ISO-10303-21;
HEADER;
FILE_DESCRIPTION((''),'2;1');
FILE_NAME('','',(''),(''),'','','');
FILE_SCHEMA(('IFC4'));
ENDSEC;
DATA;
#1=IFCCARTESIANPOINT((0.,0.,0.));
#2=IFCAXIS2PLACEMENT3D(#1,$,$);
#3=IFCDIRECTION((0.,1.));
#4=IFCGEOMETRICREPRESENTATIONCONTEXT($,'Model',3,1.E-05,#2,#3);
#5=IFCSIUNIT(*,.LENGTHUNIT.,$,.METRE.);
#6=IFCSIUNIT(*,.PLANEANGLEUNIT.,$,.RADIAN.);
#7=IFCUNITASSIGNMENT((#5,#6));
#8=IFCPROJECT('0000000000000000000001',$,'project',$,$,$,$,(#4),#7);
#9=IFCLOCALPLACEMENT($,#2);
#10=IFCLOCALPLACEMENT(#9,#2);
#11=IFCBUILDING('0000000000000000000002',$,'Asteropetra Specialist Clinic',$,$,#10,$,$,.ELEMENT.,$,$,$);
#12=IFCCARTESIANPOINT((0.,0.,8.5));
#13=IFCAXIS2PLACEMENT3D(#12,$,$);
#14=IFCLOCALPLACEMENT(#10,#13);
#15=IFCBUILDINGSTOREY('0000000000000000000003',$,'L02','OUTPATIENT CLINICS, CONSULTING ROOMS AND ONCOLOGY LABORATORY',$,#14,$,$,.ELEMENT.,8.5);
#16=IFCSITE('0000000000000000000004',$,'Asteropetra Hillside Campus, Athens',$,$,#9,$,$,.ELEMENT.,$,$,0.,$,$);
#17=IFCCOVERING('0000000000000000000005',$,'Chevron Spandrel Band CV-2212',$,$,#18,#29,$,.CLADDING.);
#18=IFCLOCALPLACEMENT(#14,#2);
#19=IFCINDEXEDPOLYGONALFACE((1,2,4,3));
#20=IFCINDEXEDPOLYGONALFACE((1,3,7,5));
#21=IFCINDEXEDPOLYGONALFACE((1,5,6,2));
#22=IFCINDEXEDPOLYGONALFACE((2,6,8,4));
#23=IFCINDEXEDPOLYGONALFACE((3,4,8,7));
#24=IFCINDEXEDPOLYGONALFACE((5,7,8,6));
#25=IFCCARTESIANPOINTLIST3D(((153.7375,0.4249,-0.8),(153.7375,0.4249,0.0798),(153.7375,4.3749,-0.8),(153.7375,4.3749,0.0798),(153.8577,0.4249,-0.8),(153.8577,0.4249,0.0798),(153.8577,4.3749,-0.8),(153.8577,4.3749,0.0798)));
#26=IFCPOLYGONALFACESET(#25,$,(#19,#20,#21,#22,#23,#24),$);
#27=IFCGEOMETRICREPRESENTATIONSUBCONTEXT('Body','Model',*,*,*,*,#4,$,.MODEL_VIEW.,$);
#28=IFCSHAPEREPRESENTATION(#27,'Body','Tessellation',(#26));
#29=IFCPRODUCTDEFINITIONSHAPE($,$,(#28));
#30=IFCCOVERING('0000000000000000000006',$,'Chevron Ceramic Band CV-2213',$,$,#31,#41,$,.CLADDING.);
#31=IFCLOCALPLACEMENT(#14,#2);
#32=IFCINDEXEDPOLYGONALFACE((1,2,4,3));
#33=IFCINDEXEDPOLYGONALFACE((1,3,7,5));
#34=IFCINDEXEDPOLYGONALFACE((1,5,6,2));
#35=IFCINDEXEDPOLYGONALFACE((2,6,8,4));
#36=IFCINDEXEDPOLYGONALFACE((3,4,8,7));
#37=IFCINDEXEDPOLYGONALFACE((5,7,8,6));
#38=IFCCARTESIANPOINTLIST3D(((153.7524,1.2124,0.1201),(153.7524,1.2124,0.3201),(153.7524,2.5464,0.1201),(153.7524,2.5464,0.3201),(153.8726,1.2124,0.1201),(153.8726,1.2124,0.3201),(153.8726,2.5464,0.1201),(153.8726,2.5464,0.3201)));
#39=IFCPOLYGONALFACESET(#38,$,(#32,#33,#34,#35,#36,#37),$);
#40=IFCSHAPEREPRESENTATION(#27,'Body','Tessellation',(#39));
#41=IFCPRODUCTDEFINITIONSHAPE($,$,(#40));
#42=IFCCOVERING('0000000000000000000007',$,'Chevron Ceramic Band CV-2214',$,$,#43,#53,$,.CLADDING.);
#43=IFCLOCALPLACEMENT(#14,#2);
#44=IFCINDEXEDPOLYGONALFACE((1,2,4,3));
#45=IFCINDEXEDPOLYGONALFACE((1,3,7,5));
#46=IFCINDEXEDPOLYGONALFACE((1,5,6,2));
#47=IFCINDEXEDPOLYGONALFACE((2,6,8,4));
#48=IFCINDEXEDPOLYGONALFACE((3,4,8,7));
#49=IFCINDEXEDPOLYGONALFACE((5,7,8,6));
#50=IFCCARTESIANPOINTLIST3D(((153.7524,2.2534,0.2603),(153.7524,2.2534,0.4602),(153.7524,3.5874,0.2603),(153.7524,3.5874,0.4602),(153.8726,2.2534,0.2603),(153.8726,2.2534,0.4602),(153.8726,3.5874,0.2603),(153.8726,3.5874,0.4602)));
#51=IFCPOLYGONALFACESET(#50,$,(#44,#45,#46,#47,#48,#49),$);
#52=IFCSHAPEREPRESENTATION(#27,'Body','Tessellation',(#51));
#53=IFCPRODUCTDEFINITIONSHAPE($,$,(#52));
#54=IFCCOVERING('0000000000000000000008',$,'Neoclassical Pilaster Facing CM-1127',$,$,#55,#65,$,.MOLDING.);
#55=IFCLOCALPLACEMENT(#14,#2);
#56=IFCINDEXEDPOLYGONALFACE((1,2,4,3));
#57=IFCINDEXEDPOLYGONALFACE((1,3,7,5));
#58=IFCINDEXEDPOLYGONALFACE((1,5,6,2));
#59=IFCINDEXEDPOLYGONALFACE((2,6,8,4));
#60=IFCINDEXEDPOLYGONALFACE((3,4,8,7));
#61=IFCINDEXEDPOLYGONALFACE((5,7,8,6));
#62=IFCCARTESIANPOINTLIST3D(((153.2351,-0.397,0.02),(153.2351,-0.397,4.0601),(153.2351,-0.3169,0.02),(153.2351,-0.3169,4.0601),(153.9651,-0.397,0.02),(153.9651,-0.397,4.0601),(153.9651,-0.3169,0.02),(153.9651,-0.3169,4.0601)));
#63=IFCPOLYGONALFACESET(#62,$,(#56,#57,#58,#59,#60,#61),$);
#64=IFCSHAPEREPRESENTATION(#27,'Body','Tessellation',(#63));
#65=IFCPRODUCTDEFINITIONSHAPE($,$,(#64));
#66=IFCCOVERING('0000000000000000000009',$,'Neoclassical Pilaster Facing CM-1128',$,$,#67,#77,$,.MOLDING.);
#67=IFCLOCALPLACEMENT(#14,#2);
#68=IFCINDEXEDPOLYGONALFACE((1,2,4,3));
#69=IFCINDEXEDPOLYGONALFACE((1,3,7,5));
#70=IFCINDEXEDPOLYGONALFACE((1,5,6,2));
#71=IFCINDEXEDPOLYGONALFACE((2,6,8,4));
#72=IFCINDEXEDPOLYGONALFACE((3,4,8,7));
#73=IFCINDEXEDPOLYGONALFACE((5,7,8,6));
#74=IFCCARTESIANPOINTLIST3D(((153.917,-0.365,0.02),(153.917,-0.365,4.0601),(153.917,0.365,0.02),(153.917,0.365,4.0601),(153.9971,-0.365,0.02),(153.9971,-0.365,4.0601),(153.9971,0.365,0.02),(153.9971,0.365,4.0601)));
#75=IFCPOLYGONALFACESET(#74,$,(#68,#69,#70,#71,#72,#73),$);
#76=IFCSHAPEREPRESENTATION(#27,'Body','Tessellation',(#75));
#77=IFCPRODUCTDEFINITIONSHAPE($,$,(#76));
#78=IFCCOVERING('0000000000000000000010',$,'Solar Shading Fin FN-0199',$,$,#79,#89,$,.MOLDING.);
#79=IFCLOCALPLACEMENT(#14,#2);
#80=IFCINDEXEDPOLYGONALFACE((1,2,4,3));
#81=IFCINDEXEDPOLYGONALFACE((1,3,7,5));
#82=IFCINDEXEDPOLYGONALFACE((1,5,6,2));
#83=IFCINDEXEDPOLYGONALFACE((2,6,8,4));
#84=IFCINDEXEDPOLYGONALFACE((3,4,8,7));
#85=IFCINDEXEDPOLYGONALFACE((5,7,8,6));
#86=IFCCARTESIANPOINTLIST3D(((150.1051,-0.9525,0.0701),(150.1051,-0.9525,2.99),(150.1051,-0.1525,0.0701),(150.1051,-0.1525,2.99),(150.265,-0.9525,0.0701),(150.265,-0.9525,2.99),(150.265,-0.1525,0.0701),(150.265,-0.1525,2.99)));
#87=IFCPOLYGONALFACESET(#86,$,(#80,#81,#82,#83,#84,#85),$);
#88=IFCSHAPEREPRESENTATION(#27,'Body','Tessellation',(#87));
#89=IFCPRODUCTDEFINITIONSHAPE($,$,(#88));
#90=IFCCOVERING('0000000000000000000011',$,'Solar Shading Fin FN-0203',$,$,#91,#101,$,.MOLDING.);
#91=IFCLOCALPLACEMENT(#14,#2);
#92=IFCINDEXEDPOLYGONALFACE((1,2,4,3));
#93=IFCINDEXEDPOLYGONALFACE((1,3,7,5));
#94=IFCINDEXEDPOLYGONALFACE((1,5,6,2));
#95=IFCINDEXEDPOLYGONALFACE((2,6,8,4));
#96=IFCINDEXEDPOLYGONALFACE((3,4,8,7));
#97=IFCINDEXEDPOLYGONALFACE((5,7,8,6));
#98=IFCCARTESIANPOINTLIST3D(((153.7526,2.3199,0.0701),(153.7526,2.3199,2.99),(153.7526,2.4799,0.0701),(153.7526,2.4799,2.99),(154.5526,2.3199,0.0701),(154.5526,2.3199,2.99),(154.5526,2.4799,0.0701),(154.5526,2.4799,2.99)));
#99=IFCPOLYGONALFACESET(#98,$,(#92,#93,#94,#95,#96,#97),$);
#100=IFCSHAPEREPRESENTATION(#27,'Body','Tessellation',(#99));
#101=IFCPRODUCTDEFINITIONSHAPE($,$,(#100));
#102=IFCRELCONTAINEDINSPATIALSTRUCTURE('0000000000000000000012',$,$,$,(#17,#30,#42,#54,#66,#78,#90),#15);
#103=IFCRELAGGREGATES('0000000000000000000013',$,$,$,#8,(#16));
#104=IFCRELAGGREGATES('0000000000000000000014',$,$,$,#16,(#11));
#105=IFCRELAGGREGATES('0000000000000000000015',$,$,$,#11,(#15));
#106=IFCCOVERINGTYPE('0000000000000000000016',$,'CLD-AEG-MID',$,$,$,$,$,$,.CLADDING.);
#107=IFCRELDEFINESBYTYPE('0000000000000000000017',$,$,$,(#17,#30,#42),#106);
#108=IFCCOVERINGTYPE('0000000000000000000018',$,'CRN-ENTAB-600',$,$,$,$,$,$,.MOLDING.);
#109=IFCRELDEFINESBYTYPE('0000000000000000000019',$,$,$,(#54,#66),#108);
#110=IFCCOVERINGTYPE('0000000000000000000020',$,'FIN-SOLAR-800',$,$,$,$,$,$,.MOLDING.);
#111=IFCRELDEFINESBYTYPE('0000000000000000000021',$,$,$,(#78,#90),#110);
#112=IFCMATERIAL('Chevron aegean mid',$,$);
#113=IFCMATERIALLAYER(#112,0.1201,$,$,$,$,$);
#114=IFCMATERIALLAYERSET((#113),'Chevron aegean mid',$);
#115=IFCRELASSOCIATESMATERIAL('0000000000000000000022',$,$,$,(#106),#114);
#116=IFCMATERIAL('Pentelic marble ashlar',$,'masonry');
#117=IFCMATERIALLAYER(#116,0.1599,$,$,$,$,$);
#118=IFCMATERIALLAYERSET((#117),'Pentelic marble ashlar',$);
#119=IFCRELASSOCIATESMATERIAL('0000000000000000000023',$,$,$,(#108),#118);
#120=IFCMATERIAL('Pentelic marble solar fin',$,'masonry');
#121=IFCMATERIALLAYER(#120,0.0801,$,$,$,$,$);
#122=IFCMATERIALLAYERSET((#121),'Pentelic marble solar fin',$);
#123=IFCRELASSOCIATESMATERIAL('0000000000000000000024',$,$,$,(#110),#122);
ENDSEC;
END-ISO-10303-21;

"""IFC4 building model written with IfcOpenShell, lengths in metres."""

from ifc_helpers import new_model, si_unit, direction, frame, origin, origin_2d, place, context, subcontext, project, spatial, rectangle, extrude, material, layer, layer_set, type_object, element, save


model = new_model("IFC4")

# Units and contexts
model_context = context("Model", 3, precision=1e-05, world=origin(), true_north=direction((0.0, 1.0)))
body_context = subcontext(model_context, "Body", "Model", "MODEL_VIEW")
ifc_project = project(units=[si_unit("LENGTHUNIT", "METRE"), si_unit("PLANEANGLEUNIT", "RADIAN")], contexts=[model_context])

# Site, building, storey
site_placement = place(None, origin())
site = spatial("IfcSite", under=ifc_project, at=site_placement, Name="Asteropetra Hillside Campus, Athens", CompositionType="ELEMENT", RefElevation=0.0)
building_placement = place(site_placement, origin())
building = spatial("IfcBuilding", under=site, at=building_placement, Name="Asteropetra Specialist Clinic", CompositionType="ELEMENT")
storey_placement = place(building_placement, frame((0.0, 0.0, 8.5)))
storey = spatial("IfcBuildingStorey", under=building, at=storey_placement, Name="L02", Description="OUTPATIENT CLINICS, CONSULTING ROOMS AND ONCOLOGY LABORATORY", CompositionType="ELEMENT", Elevation=8.5)

# Coverings
ifc_material_1 = material(Name="Chevron aegean mid")
ifc_layer_1 = layer(ifc_material_1, 0.1201)
ifc_layer_set_1 = layer_set([ifc_layer_1], Name="Chevron aegean mid")
covering_type_1 = type_object("IfcCoveringType", Name="CLD-AEG-MID", PredefinedType="CLADDING", material=ifc_layer_set_1)
covering_1_placement = place(storey_placement, frame((153.7976, 2.3999, -0.8), z_axis=(0.0, 0.0, 1.0), x_axis=(1.0, 0.0, 0.0)))
element("IfcCovering", 1, at=covering_1_placement, inside=storey, type_object=covering_type_1, Name="Chevron Spandrel Band CV-2212", PredefinedType="CLADDING", context=body_context, shape_type="SweptSolid", body=[
    extrude(rectangle(XDim=0.1201, YDim=3.95, at=origin_2d()), origin(), (0.0, 0.0, 1.0), 0.8799),
])
for number, where, z_axis, x_axis, name in (
    (2, (153.8125, 1.8794, 0.1201), (0.0, 0.0, 1.0), (1.0, 0.0, 0.0), "Chevron Ceramic Band CV-2213"),
    (3, (153.8125, 2.9204, 0.2603), (0.0, 0.0, 1.0), (1.0, 0.0, 0.0), "Chevron Ceramic Band CV-2214"),
):
    element("IfcCovering", number, at=place(storey_placement, frame(where, z_axis=z_axis, x_axis=x_axis)), inside=storey, type_object=covering_type_1, Name=name, PredefinedType="CLADDING", context=body_context, shape_type="SweptSolid", body=[
        extrude(rectangle(XDim=0.1201, YDim=1.334, at=origin_2d()), origin(), (0.0, 0.0, 1.0), 0.2),
    ])
ifc_material_2 = material(Name="Pentelic marble ashlar", Category="masonry")
ifc_layer_2 = layer(ifc_material_2, 0.1599)
ifc_layer_set_2 = layer_set([ifc_layer_2], Name="Pentelic marble ashlar")
covering_type_2 = type_object("IfcCoveringType", Name="CRN-ENTAB-600", PredefinedType="MOLDING", material=ifc_layer_set_2)
covering_2_placement = place(storey_placement, frame((153.6001, -0.3569, 0.02), z_axis=(0.0, 0.0, 1.0), x_axis=(1.0, 0.0, 0.0)))
element("IfcCovering", 4, at=covering_2_placement, inside=storey, type_object=covering_type_2, Name="Neoclassical Pilaster Facing CM-1127", PredefinedType="MOLDING", context=body_context, shape_type="SweptSolid", body=[
    extrude(rectangle(XDim=0.73, YDim=0.0801, at=origin_2d()), origin(), (0.0, 0.0, 1.0), 4.04),
])
covering_3_placement = place(storey_placement, frame((153.957, 0.0, 0.02), z_axis=(0.0, 0.0, 1.0), x_axis=(1.0, 0.0, 0.0)))
element("IfcCovering", 5, at=covering_3_placement, inside=storey, type_object=covering_type_2, Name="Neoclassical Pilaster Facing CM-1128", PredefinedType="MOLDING", context=body_context, shape_type="SweptSolid", body=[
    extrude(rectangle(XDim=0.0801, YDim=0.73, at=origin_2d()), origin(), (0.0, 0.0, 1.0), 4.04),
])
ifc_material_3 = material(Name="Pentelic marble solar fin", Category="masonry")
ifc_layer_3 = layer(ifc_material_3, 0.0801)
ifc_layer_set_3 = layer_set([ifc_layer_3], Name="Pentelic marble solar fin")
covering_type_3 = type_object("IfcCoveringType", Name="FIN-SOLAR-800", PredefinedType="MOLDING", material=ifc_layer_set_3)
covering_4_placement = place(storey_placement, frame((150.1851, -0.5525, 0.0701), z_axis=(0.0, 0.0, 1.0), x_axis=(1.0, 0.0, 0.0)))
element("IfcCovering", 6, at=covering_4_placement, inside=storey, type_object=covering_type_3, Name="Solar Shading Fin FN-0199", PredefinedType="MOLDING", context=body_context, shape_type="SweptSolid", body=[
    extrude(rectangle(XDim=0.1599, YDim=0.8, at=origin_2d()), origin(), (0.0, 0.0, 1.0), 2.9199),
])
covering_5_placement = place(storey_placement, frame((154.1526, 2.3999, 0.0701), z_axis=(0.0, 0.0, 1.0), x_axis=(1.0, 0.0, 0.0)))
element("IfcCovering", 7, at=covering_5_placement, inside=storey, type_object=covering_type_3, Name="Solar Shading Fin FN-0203", PredefinedType="MOLDING", context=body_context, shape_type="SweptSolid", body=[
    extrude(rectangle(XDim=0.8, YDim=0.1599, at=origin_2d()), origin(), (0.0, 0.0, 1.0), 2.9199),
])

save(model, "model.ifc")
